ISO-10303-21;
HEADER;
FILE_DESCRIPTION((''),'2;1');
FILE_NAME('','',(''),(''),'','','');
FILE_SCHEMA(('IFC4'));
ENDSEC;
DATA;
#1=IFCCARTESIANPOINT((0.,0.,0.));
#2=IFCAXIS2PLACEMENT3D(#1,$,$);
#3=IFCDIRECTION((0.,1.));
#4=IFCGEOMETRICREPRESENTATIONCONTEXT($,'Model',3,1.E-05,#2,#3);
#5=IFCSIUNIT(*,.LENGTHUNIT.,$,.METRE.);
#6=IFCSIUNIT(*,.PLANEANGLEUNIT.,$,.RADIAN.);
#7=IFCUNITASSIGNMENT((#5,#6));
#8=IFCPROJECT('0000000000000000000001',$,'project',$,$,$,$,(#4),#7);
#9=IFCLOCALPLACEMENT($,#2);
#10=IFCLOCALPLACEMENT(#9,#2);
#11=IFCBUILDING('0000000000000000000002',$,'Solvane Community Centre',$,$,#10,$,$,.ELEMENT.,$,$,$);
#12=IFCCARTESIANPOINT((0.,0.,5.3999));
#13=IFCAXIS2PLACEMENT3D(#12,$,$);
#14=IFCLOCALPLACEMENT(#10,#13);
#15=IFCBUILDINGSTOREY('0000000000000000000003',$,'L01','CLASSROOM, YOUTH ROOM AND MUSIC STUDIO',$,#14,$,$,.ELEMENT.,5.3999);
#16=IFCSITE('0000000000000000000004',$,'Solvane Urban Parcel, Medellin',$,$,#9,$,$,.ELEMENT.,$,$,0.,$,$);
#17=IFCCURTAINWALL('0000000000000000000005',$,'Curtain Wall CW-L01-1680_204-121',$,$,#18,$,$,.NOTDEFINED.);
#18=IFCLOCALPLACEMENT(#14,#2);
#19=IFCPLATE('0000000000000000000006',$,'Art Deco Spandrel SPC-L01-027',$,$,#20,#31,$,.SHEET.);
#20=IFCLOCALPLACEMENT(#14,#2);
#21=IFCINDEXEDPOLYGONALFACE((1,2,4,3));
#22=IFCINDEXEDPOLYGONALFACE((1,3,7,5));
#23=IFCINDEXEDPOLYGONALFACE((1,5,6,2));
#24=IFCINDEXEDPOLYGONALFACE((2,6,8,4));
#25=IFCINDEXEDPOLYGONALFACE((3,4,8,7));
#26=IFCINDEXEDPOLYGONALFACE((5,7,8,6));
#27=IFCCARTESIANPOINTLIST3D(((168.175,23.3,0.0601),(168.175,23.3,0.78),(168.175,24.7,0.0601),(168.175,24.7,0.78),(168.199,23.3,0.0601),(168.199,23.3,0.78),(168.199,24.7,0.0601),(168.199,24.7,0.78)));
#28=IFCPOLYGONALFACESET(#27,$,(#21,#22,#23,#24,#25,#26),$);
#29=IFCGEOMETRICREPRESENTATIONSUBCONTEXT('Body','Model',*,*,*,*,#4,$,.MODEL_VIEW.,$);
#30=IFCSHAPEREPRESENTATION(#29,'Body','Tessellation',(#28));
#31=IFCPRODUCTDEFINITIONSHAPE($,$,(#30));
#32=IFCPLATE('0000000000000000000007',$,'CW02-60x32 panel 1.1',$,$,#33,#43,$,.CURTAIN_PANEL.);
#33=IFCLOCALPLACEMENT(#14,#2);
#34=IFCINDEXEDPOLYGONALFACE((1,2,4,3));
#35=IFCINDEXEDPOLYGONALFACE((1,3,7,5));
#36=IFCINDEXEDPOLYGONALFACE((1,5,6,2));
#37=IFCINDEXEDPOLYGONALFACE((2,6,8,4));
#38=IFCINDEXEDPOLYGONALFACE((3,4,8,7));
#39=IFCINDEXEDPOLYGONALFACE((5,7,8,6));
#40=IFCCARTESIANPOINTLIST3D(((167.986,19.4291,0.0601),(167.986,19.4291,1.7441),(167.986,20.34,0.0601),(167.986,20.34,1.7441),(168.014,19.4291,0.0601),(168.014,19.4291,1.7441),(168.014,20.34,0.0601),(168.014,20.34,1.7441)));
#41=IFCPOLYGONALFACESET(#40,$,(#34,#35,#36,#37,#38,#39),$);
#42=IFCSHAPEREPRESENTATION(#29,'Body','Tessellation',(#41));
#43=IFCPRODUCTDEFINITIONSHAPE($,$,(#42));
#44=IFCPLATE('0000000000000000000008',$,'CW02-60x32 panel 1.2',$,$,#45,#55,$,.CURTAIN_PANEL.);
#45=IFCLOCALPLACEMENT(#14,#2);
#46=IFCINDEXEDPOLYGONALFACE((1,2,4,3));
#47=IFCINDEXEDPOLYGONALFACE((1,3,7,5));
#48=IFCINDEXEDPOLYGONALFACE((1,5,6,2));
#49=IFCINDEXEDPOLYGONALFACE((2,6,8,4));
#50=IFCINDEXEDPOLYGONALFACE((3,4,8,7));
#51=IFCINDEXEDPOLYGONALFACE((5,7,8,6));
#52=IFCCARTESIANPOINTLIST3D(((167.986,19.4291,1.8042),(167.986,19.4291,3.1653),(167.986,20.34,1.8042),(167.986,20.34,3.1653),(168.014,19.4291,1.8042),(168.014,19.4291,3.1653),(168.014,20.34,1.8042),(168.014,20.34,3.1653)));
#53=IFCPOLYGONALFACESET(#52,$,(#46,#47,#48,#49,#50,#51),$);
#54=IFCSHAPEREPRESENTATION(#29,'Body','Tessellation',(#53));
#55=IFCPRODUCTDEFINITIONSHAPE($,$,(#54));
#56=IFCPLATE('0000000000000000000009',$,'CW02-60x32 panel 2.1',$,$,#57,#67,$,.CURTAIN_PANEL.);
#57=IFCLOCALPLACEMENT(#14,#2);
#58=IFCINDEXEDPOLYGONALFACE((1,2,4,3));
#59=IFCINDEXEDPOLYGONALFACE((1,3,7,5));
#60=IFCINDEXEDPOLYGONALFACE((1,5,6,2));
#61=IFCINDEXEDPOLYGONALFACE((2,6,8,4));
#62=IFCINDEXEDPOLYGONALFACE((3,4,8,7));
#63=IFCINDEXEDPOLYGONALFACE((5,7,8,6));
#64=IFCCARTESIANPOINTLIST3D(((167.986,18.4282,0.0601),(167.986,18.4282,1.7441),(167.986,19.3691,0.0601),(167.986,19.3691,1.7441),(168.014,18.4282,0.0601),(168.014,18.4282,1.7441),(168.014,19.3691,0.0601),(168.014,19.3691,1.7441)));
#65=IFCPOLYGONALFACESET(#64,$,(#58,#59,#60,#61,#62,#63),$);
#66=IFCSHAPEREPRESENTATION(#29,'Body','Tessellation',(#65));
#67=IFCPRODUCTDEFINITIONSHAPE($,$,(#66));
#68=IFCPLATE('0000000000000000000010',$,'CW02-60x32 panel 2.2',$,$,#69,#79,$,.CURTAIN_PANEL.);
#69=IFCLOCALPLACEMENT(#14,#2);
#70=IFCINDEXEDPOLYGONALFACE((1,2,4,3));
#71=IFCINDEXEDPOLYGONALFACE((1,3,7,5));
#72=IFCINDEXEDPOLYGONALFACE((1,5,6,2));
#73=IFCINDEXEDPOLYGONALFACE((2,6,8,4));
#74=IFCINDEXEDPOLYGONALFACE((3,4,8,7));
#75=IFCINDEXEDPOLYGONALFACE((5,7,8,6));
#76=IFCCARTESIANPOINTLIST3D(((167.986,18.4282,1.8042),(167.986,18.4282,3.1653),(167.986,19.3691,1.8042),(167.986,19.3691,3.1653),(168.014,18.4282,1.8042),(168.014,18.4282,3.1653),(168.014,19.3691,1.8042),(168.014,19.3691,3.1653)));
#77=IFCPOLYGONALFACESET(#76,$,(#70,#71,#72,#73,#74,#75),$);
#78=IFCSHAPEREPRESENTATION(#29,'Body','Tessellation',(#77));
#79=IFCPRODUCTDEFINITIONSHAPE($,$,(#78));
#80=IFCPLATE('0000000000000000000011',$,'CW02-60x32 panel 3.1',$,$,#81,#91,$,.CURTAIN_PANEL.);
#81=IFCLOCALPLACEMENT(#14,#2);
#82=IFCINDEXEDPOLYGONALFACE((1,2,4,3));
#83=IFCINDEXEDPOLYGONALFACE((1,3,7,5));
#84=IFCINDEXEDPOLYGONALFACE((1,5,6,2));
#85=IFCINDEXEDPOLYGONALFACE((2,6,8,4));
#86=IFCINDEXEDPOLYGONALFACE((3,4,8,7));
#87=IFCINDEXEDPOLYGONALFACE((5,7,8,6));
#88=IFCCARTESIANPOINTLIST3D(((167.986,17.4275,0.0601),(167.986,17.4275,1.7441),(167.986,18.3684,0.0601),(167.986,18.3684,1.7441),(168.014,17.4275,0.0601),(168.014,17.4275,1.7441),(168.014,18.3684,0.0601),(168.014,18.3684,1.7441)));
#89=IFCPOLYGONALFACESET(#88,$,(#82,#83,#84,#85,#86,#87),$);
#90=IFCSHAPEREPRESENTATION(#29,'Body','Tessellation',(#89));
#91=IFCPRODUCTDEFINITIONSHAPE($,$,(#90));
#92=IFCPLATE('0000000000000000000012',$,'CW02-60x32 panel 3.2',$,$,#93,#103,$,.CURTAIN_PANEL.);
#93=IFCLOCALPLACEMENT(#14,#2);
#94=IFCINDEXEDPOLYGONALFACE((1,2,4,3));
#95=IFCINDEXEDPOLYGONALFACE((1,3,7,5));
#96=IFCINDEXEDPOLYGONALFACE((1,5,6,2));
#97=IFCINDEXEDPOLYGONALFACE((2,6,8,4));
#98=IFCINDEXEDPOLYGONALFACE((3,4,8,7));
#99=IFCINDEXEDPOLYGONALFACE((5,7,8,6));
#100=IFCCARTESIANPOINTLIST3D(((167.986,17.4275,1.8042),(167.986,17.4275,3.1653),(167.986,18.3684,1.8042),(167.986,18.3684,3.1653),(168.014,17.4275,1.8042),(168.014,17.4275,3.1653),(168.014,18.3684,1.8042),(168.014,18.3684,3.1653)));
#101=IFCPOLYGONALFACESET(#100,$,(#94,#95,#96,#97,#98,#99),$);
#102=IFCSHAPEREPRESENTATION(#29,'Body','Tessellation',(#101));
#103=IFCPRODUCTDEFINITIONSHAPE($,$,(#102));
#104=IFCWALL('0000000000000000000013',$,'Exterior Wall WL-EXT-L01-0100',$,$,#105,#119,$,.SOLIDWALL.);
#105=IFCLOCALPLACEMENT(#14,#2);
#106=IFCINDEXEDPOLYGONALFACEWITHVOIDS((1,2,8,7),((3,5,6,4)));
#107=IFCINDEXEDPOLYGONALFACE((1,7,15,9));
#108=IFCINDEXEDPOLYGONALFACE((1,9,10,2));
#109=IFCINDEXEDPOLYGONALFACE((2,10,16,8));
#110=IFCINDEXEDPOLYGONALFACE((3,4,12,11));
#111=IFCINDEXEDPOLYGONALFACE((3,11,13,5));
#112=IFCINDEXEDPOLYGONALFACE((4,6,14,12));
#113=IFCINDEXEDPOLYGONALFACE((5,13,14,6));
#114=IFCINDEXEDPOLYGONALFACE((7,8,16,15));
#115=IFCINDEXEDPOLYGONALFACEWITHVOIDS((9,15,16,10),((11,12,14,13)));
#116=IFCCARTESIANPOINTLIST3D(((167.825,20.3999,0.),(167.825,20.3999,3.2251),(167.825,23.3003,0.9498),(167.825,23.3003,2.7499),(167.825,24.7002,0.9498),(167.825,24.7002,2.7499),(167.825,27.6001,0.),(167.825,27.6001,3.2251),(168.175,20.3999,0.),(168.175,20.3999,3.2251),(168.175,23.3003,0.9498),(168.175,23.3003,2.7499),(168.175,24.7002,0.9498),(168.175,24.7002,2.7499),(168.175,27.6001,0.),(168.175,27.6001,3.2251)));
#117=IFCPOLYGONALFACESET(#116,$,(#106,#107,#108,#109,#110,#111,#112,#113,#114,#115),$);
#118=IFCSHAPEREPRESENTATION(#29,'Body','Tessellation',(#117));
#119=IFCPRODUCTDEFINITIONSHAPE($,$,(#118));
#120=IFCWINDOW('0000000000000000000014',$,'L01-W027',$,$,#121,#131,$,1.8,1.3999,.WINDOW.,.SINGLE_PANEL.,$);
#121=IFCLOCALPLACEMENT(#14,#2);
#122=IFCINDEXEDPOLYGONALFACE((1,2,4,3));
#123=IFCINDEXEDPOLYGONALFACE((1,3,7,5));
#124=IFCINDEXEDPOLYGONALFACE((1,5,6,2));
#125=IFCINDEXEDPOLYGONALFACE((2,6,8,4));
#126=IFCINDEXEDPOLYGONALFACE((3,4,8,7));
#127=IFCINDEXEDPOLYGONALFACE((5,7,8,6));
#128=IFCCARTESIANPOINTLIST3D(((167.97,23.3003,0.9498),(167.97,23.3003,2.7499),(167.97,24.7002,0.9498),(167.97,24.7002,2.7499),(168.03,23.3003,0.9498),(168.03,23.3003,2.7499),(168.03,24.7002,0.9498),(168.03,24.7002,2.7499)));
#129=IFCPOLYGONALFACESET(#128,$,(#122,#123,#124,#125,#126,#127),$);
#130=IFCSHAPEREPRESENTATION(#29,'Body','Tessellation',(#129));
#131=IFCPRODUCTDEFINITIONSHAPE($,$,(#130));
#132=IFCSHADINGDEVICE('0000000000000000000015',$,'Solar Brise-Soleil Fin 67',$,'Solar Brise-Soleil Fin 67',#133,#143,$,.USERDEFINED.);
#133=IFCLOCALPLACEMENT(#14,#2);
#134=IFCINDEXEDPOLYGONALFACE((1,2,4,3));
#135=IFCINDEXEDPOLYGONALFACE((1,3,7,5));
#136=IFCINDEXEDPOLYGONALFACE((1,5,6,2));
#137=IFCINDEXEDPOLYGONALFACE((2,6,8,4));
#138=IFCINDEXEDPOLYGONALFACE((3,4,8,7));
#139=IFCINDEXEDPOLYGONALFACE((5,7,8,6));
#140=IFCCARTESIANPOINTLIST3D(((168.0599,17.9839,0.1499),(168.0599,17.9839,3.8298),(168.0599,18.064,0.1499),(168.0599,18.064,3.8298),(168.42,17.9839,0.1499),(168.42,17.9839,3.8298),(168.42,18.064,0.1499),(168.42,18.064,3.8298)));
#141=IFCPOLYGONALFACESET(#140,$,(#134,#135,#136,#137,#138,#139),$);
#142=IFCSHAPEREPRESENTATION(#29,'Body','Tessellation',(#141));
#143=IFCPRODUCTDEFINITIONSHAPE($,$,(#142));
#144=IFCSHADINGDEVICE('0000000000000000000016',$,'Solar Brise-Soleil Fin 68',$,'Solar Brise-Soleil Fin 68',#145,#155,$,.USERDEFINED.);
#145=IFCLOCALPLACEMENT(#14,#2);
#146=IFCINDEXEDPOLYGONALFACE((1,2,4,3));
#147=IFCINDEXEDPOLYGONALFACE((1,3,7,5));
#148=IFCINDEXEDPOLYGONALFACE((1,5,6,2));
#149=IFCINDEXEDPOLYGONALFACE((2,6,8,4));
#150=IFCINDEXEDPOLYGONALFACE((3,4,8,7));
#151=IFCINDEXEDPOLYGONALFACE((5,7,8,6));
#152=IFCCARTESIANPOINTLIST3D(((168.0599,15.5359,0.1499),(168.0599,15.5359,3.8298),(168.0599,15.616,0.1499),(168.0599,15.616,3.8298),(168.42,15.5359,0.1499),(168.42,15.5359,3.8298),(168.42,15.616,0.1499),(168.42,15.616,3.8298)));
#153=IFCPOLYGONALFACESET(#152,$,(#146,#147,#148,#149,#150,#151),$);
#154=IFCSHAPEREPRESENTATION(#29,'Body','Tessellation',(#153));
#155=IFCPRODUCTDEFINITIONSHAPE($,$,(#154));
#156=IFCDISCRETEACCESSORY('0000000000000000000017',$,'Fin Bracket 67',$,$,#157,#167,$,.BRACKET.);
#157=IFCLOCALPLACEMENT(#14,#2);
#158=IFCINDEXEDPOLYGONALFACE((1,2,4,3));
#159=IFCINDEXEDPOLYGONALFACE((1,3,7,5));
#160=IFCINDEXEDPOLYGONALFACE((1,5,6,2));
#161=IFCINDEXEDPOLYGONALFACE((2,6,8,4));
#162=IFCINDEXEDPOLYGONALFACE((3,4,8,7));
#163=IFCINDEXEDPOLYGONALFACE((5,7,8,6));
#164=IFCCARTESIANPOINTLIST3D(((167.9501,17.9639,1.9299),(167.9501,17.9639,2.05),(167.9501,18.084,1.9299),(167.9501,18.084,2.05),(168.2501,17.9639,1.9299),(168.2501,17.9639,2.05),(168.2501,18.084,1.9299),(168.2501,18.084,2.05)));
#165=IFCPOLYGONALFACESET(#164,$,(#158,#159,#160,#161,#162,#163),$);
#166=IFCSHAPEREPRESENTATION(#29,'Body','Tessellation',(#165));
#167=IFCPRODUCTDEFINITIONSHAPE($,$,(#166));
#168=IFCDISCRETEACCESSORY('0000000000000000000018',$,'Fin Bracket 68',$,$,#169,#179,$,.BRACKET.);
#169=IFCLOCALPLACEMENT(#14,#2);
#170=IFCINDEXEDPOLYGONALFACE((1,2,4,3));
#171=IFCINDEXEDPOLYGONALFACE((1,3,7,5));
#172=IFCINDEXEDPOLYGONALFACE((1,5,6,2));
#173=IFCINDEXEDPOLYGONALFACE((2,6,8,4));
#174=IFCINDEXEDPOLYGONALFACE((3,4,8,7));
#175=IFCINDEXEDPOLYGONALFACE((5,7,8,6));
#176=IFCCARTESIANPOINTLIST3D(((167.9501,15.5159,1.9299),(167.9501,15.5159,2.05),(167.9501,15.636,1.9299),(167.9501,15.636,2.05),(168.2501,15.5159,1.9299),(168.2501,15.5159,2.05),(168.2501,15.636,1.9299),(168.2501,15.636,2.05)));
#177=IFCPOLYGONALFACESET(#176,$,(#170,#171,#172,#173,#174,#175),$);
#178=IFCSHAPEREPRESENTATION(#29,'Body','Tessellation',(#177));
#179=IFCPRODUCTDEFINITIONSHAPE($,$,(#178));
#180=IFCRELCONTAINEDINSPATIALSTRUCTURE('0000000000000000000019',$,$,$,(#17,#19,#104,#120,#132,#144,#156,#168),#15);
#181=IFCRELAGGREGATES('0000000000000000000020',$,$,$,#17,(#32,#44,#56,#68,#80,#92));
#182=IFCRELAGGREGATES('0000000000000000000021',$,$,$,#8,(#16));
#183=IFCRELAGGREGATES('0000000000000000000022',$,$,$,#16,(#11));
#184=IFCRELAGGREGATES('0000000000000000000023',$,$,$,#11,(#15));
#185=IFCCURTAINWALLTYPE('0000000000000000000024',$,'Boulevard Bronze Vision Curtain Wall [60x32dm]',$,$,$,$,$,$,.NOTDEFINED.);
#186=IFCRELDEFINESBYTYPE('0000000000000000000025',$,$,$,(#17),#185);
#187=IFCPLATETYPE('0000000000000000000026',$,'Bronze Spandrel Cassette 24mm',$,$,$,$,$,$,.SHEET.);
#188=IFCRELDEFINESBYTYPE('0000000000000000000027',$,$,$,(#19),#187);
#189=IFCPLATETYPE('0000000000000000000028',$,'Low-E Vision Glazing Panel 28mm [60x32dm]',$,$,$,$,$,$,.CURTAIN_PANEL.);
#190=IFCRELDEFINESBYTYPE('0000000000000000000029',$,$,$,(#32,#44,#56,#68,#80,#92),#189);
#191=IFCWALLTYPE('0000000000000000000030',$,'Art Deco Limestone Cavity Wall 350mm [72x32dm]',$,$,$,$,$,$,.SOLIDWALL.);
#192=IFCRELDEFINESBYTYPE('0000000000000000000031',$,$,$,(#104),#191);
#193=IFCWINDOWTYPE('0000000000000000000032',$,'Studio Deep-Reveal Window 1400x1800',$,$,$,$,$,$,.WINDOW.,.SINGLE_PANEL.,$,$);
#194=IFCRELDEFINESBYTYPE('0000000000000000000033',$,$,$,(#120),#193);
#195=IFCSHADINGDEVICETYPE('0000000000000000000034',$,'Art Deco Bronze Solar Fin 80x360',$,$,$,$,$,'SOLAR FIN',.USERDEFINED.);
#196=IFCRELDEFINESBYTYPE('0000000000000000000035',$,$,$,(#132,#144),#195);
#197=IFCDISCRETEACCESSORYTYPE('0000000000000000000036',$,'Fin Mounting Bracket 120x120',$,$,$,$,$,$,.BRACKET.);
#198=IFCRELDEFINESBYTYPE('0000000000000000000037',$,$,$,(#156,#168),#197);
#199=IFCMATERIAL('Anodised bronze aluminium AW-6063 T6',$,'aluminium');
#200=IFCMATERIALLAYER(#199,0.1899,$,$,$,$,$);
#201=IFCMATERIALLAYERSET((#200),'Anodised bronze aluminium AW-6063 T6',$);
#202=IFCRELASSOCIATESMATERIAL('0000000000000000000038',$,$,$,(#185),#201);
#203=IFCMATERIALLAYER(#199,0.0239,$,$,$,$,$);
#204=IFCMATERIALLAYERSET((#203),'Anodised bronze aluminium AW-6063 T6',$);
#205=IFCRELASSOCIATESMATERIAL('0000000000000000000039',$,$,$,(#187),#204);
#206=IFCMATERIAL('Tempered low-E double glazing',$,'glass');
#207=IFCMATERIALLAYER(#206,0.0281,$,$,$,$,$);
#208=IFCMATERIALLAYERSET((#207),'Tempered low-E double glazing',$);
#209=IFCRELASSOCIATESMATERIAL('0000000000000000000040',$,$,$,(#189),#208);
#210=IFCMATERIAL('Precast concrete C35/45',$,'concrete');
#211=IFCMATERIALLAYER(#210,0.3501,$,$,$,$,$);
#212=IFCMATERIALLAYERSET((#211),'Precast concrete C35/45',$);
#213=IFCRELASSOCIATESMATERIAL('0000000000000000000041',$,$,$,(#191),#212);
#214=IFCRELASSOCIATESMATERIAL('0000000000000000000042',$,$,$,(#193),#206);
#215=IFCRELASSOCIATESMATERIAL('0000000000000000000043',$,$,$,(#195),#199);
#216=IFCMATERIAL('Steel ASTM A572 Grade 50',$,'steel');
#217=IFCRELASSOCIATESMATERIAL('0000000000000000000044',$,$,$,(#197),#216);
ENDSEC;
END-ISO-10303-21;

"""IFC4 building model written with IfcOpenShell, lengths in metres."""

from ifc_helpers import new_model, si_unit, direction, frame, frame_2d, origin, origin_2d, place, context, subcontext, project, spatial, rectangle, extrude, material, layer, layer_set, type_object, element, fill, aggregate, save


model = new_model("IFC4")

# Units and contexts
model_context = context("Model", 3, precision=1e-05, world=origin(), true_north=direction((0.0, 1.0)))
body_context = subcontext(model_context, "Body", "Model", "MODEL_VIEW")
ifc_project = project(units=[si_unit("LENGTHUNIT", "METRE"), si_unit("PLANEANGLEUNIT", "RADIAN")], contexts=[model_context])

# Site, building, storey
site_placement = place(None, origin())
site = spatial("IfcSite", under=ifc_project, at=site_placement, Name="Solvane Urban Parcel, Medellin", CompositionType="ELEMENT", RefElevation=0.0)
building_placement = place(site_placement, origin())
building = spatial("IfcBuilding", under=site, at=building_placement, Name="Solvane Community Centre", CompositionType="ELEMENT")
storey_placement = place(building_placement, frame((0.0, 0.0, 5.3999)))
storey = spatial("IfcBuildingStorey", under=building, at=storey_placement, Name="L01", Description="CLASSROOM, YOUTH ROOM AND MUSIC STUDIO", CompositionType="ELEMENT", Elevation=5.3999)

# Shared definitions
ifc_material_1 = material(Name="Precast concrete C35/45", Category="concrete")

# Curtain wall
ifc_material_2 = material(Name="Anodised bronze aluminium AW-6063 T6", Category="aluminium")
ifc_layer_1 = layer(ifc_material_2, 0.1899)
ifc_layer_set_1 = layer_set([ifc_layer_1], Name="Anodised bronze aluminium AW-6063 T6")
curtain_wall_type = type_object("IfcCurtainWallType", Name="Boulevard Bronze Vision Curtain Wall [60x32dm]", PredefinedType="NOTDEFINED", material=ifc_layer_set_1)
curtain_wall_placement = place(storey_placement, origin())
curtain_wall = element("IfcCurtainWall", 1, at=curtain_wall_placement, inside=storey, type_object=curtain_wall_type, Name="Curtain Wall CW-L01-1680_204-121", PredefinedType="NOTDEFINED")

# Plates
ifc_layer_2 = layer(ifc_material_2, 0.0239)
ifc_layer_set_2 = layer_set([ifc_layer_2], Name="Anodised bronze aluminium AW-6063 T6")
plate_type_1 = type_object("IfcPlateType", Name="Bronze Spandrel Cassette 24mm", PredefinedType="SHEET", material=ifc_layer_set_2)
plate_1_placement = place(storey_placement, frame((168.187, 24.0, 0.0601), z_axis=(0.0, 0.0, 1.0), x_axis=(0.0, -1.0, 0.0)))
element("IfcPlate", 2, at=plate_1_placement, inside=storey, type_object=plate_type_1, Name="Art Deco Spandrel SPC-L01-027", PredefinedType="SHEET", context=body_context, shape_type="SweptSolid", body=[
    extrude(rectangle(XDim=1.3999, YDim=0.0239, at=origin_2d()), origin(), (0.0, 0.0, 1.0), 0.72),
])
ifc_material_3 = material(Name="Tempered low-E double glazing", Category="glass")
ifc_layer_3 = layer(ifc_material_3, 0.0281)
ifc_layer_set_3 = layer_set([ifc_layer_3], Name="Tempered low-E double glazing")
plate_type_2 = type_object("IfcPlateType", Name="Low-E Vision Glazing Panel 28mm [60x32dm]", PredefinedType="CURTAIN_PANEL", material=ifc_layer_set_3)
plate_2_placement = place(storey_placement, frame((168.0, 19.8845, 0.0601), z_axis=(0.0, 0.0, 1.0), x_axis=(0.0, -1.0, 0.0)))
plate_2 = element("IfcPlate", 3, at=plate_2_placement, type_object=plate_type_2, Name="CW02-60x32 panel 1.1", PredefinedType="CURTAIN_PANEL", context=body_context, shape_type="SweptSolid", body=[
    extrude(rectangle(XDim=0.9109, YDim=0.0281, at=origin_2d()), origin(), (0.0, 0.0, 1.0), 1.6841),
])
plate_3_placement = place(storey_placement, frame((168.0, 19.8845, 1.8042), z_axis=(0.0, 0.0, 1.0), x_axis=(0.0, -1.0, 0.0)))
plate_3 = element("IfcPlate", 4, at=plate_3_placement, type_object=plate_type_2, Name="CW02-60x32 panel 1.2", PredefinedType="CURTAIN_PANEL", context=body_context, shape_type="SweptSolid", body=[
    extrude(rectangle(XDim=0.9109, YDim=0.0281, at=origin_2d()), origin(), (0.0, 0.0, 1.0), 1.3611),
])
plate_4_placement = place(storey_placement, frame((168.0, 18.8987, 0.0601), z_axis=(0.0, 0.0, 1.0), x_axis=(0.0, -1.0, 0.0)))
plate_4 = element("IfcPlate", 5, at=plate_4_placement, type_object=plate_type_2, Name="CW02-60x32 panel 2.1", PredefinedType="CURTAIN_PANEL", context=body_context, shape_type="SweptSolid", body=[
    extrude(rectangle(XDim=0.9409, YDim=0.0281, at=origin_2d()), origin(), (0.0, 0.0, 1.0), 1.6841),
])
plate_5_placement = place(storey_placement, frame((168.0, 18.8987, 1.8042), z_axis=(0.0, 0.0, 1.0), x_axis=(0.0, -1.0, 0.0)))
plate_5 = element("IfcPlate", 6, at=plate_5_placement, type_object=plate_type_2, Name="CW02-60x32 panel 2.2", PredefinedType="CURTAIN_PANEL", context=body_context, shape_type="SweptSolid", body=[
    extrude(rectangle(XDim=0.9409, YDim=0.0281, at=origin_2d()), origin(), (0.0, 0.0, 1.0), 1.3611),
])
plate_6_placement = place(storey_placement, frame((168.0, 17.8979, 0.0601), z_axis=(0.0, 0.0, 1.0), x_axis=(0.0, -1.0, 0.0)))
plate_6 = element("IfcPlate", 7, at=plate_6_placement, type_object=plate_type_2, Name="CW02-60x32 panel 3.1", PredefinedType="CURTAIN_PANEL", context=body_context, shape_type="SweptSolid", body=[
    extrude(rectangle(XDim=0.9409, YDim=0.0281, at=origin_2d()), origin(), (0.0, 0.0, 1.0), 1.6841),
])
plate_7_placement = place(storey_placement, frame((168.0, 17.8979, 1.8042), z_axis=(0.0, 0.0, 1.0), x_axis=(0.0, -1.0, 0.0)))
plate_7 = element("IfcPlate", 8, at=plate_7_placement, type_object=plate_type_2, Name="CW02-60x32 panel 3.2", PredefinedType="CURTAIN_PANEL", context=body_context, shape_type="SweptSolid", body=[
    extrude(rectangle(XDim=0.9409, YDim=0.0281, at=origin_2d()), origin(), (0.0, 0.0, 1.0), 1.3611),
])
aggregate(curtain_wall, [plate_2, plate_3, plate_4, plate_5, plate_6, plate_7])

# Wall, opening, window
ifc_layer_4 = layer(ifc_material_1, 0.3501)
ifc_layer_set_4 = layer_set([ifc_layer_4], Name="Precast concrete C35/45")
wall_type = type_object("IfcWallType", Name="Art Deco Limestone Cavity Wall 350mm [72x32dm]", PredefinedType="SOLIDWALL", material=ifc_layer_set_4)
wall_placement = place(storey_placement, frame((168.0, 27.6001, 0.0), z_axis=(0.0, 0.0, 1.0), x_axis=(0.0, -1.0, 0.0)))
wall = element("IfcWall", 9, at=wall_placement, inside=storey, type_object=wall_type, Name="Exterior Wall WL-EXT-L01-0100", PredefinedType="SOLIDWALL", context=body_context, shape_type="SweptSolid", body=[
    extrude(rectangle(XDim=7.2002, YDim=0.3501, at=frame_2d((3.6001, 0.0))), origin(), (0.0, 0.0, 1.0), 3.2251),
])
opening_placement = place(wall_placement, frame((2.8999, 0.0, 0.95)))
opening = element("IfcOpeningElement", 10, at=opening_placement, cuts=wall, PredefinedType="OPENING", context=body_context, shape_type="SweptSolid", body=[
    extrude(rectangle(XDim=1.3999, YDim=1.8, at=frame_2d((0.7, 0.8999))), frame((0.0, 0.1851, 0.0), z_axis=(0.0, -1.0, 0.0), x_axis=(1.0, 0.0, 0.0)), (0.0, 0.0, 1.0), 0.3701),
])
window_type = type_object("IfcWindowType", Name="Studio Deep-Reveal Window 1400x1800", PartitioningType="SINGLE_PANEL", PredefinedType="WINDOW", material=ifc_material_3)
window_placement = place(opening_placement, origin())
window = element("IfcWindow", 11, at=window_placement, inside=storey, type_object=window_type, Name="L01-W027", OverallHeight=1.8, OverallWidth=1.3999, PartitioningType="SINGLE_PANEL", PredefinedType="WINDOW", context=body_context, shape_type="SweptSolid", body=[
    extrude(rectangle(XDim=1.3999, YDim=1.8, at=frame_2d((0.7, 0.8999))), frame((0.0, 0.03, 0.0), z_axis=(0.0, -1.0, 0.0), x_axis=(1.0, 0.0, 0.0)), (0.0, 0.0, 1.0), 0.0601),
])
fill(opening, window)

# Shading devices
shading_device_type = type_object("IfcShadingDeviceType", Name="Art Deco Bronze Solar Fin 80x360", ElementType="SOLAR FIN", PredefinedType="USERDEFINED", material=ifc_material_2)
shading_device_1_placement = place(storey_placement, frame((168.24, 18.0239, 0.1499), z_axis=(0.0, 0.0, 1.0), x_axis=(0.0, -1.0, 0.0)))
element("IfcShadingDevice", 12, at=shading_device_1_placement, inside=storey, type_object=shading_device_type, Name="Solar Brise-Soleil Fin 67", ObjectType="Solar Brise-Soleil Fin 67", PredefinedType="USERDEFINED", context=body_context, shape_type="SweptSolid", body=[
    extrude(rectangle(XDim=0.0801, YDim=0.3601, at=origin_2d()), origin(), (0.0, 0.0, 1.0), 3.6799),
])
shading_device_2_placement = place(storey_placement, frame((168.24, 15.5759, 0.1499), z_axis=(0.0, 0.0, 1.0), x_axis=(0.0, -1.0, 0.0)))
element("IfcShadingDevice", 13, at=shading_device_2_placement, inside=storey, type_object=shading_device_type, Name="Solar Brise-Soleil Fin 68", ObjectType="Solar Brise-Soleil Fin 68", PredefinedType="USERDEFINED", context=body_context, shape_type="SweptSolid", body=[
    extrude(rectangle(XDim=0.0801, YDim=0.3601, at=origin_2d()), origin(), (0.0, 0.0, 1.0), 3.6799),
])

# Discrete accessories
ifc_material_4 = material(Name="Steel ASTM A572 Grade 50", Category="steel")
discrete_accessory_type = type_object("IfcDiscreteAccessoryType", Name="Fin Mounting Bracket 120x120", PredefinedType="BRACKET", material=ifc_material_4)
for number, where, z_axis, x_axis, name in (
    (14, (168.1001, 18.0239, 1.9299), (0.0, 0.0, 1.0), (0.0, -1.0, 0.0), "Fin Bracket 67"),
    (15, (168.1001, 15.5759, 1.9299), (0.0, 0.0, 1.0), (0.0, -1.0, 0.0), "Fin Bracket 68"),
):
    element("IfcDiscreteAccessory", number, at=place(storey_placement, frame(where, z_axis=z_axis, x_axis=x_axis)), inside=storey, type_object=discrete_accessory_type, Name=name, PredefinedType="BRACKET", context=body_context, shape_type="SweptSolid", body=[
        extrude(rectangle(XDim=0.1201, YDim=0.3, at=origin_2d()), origin(), (0.0, 0.0, 1.0), 0.1201),
    ])

save(model, "model.ifc")
